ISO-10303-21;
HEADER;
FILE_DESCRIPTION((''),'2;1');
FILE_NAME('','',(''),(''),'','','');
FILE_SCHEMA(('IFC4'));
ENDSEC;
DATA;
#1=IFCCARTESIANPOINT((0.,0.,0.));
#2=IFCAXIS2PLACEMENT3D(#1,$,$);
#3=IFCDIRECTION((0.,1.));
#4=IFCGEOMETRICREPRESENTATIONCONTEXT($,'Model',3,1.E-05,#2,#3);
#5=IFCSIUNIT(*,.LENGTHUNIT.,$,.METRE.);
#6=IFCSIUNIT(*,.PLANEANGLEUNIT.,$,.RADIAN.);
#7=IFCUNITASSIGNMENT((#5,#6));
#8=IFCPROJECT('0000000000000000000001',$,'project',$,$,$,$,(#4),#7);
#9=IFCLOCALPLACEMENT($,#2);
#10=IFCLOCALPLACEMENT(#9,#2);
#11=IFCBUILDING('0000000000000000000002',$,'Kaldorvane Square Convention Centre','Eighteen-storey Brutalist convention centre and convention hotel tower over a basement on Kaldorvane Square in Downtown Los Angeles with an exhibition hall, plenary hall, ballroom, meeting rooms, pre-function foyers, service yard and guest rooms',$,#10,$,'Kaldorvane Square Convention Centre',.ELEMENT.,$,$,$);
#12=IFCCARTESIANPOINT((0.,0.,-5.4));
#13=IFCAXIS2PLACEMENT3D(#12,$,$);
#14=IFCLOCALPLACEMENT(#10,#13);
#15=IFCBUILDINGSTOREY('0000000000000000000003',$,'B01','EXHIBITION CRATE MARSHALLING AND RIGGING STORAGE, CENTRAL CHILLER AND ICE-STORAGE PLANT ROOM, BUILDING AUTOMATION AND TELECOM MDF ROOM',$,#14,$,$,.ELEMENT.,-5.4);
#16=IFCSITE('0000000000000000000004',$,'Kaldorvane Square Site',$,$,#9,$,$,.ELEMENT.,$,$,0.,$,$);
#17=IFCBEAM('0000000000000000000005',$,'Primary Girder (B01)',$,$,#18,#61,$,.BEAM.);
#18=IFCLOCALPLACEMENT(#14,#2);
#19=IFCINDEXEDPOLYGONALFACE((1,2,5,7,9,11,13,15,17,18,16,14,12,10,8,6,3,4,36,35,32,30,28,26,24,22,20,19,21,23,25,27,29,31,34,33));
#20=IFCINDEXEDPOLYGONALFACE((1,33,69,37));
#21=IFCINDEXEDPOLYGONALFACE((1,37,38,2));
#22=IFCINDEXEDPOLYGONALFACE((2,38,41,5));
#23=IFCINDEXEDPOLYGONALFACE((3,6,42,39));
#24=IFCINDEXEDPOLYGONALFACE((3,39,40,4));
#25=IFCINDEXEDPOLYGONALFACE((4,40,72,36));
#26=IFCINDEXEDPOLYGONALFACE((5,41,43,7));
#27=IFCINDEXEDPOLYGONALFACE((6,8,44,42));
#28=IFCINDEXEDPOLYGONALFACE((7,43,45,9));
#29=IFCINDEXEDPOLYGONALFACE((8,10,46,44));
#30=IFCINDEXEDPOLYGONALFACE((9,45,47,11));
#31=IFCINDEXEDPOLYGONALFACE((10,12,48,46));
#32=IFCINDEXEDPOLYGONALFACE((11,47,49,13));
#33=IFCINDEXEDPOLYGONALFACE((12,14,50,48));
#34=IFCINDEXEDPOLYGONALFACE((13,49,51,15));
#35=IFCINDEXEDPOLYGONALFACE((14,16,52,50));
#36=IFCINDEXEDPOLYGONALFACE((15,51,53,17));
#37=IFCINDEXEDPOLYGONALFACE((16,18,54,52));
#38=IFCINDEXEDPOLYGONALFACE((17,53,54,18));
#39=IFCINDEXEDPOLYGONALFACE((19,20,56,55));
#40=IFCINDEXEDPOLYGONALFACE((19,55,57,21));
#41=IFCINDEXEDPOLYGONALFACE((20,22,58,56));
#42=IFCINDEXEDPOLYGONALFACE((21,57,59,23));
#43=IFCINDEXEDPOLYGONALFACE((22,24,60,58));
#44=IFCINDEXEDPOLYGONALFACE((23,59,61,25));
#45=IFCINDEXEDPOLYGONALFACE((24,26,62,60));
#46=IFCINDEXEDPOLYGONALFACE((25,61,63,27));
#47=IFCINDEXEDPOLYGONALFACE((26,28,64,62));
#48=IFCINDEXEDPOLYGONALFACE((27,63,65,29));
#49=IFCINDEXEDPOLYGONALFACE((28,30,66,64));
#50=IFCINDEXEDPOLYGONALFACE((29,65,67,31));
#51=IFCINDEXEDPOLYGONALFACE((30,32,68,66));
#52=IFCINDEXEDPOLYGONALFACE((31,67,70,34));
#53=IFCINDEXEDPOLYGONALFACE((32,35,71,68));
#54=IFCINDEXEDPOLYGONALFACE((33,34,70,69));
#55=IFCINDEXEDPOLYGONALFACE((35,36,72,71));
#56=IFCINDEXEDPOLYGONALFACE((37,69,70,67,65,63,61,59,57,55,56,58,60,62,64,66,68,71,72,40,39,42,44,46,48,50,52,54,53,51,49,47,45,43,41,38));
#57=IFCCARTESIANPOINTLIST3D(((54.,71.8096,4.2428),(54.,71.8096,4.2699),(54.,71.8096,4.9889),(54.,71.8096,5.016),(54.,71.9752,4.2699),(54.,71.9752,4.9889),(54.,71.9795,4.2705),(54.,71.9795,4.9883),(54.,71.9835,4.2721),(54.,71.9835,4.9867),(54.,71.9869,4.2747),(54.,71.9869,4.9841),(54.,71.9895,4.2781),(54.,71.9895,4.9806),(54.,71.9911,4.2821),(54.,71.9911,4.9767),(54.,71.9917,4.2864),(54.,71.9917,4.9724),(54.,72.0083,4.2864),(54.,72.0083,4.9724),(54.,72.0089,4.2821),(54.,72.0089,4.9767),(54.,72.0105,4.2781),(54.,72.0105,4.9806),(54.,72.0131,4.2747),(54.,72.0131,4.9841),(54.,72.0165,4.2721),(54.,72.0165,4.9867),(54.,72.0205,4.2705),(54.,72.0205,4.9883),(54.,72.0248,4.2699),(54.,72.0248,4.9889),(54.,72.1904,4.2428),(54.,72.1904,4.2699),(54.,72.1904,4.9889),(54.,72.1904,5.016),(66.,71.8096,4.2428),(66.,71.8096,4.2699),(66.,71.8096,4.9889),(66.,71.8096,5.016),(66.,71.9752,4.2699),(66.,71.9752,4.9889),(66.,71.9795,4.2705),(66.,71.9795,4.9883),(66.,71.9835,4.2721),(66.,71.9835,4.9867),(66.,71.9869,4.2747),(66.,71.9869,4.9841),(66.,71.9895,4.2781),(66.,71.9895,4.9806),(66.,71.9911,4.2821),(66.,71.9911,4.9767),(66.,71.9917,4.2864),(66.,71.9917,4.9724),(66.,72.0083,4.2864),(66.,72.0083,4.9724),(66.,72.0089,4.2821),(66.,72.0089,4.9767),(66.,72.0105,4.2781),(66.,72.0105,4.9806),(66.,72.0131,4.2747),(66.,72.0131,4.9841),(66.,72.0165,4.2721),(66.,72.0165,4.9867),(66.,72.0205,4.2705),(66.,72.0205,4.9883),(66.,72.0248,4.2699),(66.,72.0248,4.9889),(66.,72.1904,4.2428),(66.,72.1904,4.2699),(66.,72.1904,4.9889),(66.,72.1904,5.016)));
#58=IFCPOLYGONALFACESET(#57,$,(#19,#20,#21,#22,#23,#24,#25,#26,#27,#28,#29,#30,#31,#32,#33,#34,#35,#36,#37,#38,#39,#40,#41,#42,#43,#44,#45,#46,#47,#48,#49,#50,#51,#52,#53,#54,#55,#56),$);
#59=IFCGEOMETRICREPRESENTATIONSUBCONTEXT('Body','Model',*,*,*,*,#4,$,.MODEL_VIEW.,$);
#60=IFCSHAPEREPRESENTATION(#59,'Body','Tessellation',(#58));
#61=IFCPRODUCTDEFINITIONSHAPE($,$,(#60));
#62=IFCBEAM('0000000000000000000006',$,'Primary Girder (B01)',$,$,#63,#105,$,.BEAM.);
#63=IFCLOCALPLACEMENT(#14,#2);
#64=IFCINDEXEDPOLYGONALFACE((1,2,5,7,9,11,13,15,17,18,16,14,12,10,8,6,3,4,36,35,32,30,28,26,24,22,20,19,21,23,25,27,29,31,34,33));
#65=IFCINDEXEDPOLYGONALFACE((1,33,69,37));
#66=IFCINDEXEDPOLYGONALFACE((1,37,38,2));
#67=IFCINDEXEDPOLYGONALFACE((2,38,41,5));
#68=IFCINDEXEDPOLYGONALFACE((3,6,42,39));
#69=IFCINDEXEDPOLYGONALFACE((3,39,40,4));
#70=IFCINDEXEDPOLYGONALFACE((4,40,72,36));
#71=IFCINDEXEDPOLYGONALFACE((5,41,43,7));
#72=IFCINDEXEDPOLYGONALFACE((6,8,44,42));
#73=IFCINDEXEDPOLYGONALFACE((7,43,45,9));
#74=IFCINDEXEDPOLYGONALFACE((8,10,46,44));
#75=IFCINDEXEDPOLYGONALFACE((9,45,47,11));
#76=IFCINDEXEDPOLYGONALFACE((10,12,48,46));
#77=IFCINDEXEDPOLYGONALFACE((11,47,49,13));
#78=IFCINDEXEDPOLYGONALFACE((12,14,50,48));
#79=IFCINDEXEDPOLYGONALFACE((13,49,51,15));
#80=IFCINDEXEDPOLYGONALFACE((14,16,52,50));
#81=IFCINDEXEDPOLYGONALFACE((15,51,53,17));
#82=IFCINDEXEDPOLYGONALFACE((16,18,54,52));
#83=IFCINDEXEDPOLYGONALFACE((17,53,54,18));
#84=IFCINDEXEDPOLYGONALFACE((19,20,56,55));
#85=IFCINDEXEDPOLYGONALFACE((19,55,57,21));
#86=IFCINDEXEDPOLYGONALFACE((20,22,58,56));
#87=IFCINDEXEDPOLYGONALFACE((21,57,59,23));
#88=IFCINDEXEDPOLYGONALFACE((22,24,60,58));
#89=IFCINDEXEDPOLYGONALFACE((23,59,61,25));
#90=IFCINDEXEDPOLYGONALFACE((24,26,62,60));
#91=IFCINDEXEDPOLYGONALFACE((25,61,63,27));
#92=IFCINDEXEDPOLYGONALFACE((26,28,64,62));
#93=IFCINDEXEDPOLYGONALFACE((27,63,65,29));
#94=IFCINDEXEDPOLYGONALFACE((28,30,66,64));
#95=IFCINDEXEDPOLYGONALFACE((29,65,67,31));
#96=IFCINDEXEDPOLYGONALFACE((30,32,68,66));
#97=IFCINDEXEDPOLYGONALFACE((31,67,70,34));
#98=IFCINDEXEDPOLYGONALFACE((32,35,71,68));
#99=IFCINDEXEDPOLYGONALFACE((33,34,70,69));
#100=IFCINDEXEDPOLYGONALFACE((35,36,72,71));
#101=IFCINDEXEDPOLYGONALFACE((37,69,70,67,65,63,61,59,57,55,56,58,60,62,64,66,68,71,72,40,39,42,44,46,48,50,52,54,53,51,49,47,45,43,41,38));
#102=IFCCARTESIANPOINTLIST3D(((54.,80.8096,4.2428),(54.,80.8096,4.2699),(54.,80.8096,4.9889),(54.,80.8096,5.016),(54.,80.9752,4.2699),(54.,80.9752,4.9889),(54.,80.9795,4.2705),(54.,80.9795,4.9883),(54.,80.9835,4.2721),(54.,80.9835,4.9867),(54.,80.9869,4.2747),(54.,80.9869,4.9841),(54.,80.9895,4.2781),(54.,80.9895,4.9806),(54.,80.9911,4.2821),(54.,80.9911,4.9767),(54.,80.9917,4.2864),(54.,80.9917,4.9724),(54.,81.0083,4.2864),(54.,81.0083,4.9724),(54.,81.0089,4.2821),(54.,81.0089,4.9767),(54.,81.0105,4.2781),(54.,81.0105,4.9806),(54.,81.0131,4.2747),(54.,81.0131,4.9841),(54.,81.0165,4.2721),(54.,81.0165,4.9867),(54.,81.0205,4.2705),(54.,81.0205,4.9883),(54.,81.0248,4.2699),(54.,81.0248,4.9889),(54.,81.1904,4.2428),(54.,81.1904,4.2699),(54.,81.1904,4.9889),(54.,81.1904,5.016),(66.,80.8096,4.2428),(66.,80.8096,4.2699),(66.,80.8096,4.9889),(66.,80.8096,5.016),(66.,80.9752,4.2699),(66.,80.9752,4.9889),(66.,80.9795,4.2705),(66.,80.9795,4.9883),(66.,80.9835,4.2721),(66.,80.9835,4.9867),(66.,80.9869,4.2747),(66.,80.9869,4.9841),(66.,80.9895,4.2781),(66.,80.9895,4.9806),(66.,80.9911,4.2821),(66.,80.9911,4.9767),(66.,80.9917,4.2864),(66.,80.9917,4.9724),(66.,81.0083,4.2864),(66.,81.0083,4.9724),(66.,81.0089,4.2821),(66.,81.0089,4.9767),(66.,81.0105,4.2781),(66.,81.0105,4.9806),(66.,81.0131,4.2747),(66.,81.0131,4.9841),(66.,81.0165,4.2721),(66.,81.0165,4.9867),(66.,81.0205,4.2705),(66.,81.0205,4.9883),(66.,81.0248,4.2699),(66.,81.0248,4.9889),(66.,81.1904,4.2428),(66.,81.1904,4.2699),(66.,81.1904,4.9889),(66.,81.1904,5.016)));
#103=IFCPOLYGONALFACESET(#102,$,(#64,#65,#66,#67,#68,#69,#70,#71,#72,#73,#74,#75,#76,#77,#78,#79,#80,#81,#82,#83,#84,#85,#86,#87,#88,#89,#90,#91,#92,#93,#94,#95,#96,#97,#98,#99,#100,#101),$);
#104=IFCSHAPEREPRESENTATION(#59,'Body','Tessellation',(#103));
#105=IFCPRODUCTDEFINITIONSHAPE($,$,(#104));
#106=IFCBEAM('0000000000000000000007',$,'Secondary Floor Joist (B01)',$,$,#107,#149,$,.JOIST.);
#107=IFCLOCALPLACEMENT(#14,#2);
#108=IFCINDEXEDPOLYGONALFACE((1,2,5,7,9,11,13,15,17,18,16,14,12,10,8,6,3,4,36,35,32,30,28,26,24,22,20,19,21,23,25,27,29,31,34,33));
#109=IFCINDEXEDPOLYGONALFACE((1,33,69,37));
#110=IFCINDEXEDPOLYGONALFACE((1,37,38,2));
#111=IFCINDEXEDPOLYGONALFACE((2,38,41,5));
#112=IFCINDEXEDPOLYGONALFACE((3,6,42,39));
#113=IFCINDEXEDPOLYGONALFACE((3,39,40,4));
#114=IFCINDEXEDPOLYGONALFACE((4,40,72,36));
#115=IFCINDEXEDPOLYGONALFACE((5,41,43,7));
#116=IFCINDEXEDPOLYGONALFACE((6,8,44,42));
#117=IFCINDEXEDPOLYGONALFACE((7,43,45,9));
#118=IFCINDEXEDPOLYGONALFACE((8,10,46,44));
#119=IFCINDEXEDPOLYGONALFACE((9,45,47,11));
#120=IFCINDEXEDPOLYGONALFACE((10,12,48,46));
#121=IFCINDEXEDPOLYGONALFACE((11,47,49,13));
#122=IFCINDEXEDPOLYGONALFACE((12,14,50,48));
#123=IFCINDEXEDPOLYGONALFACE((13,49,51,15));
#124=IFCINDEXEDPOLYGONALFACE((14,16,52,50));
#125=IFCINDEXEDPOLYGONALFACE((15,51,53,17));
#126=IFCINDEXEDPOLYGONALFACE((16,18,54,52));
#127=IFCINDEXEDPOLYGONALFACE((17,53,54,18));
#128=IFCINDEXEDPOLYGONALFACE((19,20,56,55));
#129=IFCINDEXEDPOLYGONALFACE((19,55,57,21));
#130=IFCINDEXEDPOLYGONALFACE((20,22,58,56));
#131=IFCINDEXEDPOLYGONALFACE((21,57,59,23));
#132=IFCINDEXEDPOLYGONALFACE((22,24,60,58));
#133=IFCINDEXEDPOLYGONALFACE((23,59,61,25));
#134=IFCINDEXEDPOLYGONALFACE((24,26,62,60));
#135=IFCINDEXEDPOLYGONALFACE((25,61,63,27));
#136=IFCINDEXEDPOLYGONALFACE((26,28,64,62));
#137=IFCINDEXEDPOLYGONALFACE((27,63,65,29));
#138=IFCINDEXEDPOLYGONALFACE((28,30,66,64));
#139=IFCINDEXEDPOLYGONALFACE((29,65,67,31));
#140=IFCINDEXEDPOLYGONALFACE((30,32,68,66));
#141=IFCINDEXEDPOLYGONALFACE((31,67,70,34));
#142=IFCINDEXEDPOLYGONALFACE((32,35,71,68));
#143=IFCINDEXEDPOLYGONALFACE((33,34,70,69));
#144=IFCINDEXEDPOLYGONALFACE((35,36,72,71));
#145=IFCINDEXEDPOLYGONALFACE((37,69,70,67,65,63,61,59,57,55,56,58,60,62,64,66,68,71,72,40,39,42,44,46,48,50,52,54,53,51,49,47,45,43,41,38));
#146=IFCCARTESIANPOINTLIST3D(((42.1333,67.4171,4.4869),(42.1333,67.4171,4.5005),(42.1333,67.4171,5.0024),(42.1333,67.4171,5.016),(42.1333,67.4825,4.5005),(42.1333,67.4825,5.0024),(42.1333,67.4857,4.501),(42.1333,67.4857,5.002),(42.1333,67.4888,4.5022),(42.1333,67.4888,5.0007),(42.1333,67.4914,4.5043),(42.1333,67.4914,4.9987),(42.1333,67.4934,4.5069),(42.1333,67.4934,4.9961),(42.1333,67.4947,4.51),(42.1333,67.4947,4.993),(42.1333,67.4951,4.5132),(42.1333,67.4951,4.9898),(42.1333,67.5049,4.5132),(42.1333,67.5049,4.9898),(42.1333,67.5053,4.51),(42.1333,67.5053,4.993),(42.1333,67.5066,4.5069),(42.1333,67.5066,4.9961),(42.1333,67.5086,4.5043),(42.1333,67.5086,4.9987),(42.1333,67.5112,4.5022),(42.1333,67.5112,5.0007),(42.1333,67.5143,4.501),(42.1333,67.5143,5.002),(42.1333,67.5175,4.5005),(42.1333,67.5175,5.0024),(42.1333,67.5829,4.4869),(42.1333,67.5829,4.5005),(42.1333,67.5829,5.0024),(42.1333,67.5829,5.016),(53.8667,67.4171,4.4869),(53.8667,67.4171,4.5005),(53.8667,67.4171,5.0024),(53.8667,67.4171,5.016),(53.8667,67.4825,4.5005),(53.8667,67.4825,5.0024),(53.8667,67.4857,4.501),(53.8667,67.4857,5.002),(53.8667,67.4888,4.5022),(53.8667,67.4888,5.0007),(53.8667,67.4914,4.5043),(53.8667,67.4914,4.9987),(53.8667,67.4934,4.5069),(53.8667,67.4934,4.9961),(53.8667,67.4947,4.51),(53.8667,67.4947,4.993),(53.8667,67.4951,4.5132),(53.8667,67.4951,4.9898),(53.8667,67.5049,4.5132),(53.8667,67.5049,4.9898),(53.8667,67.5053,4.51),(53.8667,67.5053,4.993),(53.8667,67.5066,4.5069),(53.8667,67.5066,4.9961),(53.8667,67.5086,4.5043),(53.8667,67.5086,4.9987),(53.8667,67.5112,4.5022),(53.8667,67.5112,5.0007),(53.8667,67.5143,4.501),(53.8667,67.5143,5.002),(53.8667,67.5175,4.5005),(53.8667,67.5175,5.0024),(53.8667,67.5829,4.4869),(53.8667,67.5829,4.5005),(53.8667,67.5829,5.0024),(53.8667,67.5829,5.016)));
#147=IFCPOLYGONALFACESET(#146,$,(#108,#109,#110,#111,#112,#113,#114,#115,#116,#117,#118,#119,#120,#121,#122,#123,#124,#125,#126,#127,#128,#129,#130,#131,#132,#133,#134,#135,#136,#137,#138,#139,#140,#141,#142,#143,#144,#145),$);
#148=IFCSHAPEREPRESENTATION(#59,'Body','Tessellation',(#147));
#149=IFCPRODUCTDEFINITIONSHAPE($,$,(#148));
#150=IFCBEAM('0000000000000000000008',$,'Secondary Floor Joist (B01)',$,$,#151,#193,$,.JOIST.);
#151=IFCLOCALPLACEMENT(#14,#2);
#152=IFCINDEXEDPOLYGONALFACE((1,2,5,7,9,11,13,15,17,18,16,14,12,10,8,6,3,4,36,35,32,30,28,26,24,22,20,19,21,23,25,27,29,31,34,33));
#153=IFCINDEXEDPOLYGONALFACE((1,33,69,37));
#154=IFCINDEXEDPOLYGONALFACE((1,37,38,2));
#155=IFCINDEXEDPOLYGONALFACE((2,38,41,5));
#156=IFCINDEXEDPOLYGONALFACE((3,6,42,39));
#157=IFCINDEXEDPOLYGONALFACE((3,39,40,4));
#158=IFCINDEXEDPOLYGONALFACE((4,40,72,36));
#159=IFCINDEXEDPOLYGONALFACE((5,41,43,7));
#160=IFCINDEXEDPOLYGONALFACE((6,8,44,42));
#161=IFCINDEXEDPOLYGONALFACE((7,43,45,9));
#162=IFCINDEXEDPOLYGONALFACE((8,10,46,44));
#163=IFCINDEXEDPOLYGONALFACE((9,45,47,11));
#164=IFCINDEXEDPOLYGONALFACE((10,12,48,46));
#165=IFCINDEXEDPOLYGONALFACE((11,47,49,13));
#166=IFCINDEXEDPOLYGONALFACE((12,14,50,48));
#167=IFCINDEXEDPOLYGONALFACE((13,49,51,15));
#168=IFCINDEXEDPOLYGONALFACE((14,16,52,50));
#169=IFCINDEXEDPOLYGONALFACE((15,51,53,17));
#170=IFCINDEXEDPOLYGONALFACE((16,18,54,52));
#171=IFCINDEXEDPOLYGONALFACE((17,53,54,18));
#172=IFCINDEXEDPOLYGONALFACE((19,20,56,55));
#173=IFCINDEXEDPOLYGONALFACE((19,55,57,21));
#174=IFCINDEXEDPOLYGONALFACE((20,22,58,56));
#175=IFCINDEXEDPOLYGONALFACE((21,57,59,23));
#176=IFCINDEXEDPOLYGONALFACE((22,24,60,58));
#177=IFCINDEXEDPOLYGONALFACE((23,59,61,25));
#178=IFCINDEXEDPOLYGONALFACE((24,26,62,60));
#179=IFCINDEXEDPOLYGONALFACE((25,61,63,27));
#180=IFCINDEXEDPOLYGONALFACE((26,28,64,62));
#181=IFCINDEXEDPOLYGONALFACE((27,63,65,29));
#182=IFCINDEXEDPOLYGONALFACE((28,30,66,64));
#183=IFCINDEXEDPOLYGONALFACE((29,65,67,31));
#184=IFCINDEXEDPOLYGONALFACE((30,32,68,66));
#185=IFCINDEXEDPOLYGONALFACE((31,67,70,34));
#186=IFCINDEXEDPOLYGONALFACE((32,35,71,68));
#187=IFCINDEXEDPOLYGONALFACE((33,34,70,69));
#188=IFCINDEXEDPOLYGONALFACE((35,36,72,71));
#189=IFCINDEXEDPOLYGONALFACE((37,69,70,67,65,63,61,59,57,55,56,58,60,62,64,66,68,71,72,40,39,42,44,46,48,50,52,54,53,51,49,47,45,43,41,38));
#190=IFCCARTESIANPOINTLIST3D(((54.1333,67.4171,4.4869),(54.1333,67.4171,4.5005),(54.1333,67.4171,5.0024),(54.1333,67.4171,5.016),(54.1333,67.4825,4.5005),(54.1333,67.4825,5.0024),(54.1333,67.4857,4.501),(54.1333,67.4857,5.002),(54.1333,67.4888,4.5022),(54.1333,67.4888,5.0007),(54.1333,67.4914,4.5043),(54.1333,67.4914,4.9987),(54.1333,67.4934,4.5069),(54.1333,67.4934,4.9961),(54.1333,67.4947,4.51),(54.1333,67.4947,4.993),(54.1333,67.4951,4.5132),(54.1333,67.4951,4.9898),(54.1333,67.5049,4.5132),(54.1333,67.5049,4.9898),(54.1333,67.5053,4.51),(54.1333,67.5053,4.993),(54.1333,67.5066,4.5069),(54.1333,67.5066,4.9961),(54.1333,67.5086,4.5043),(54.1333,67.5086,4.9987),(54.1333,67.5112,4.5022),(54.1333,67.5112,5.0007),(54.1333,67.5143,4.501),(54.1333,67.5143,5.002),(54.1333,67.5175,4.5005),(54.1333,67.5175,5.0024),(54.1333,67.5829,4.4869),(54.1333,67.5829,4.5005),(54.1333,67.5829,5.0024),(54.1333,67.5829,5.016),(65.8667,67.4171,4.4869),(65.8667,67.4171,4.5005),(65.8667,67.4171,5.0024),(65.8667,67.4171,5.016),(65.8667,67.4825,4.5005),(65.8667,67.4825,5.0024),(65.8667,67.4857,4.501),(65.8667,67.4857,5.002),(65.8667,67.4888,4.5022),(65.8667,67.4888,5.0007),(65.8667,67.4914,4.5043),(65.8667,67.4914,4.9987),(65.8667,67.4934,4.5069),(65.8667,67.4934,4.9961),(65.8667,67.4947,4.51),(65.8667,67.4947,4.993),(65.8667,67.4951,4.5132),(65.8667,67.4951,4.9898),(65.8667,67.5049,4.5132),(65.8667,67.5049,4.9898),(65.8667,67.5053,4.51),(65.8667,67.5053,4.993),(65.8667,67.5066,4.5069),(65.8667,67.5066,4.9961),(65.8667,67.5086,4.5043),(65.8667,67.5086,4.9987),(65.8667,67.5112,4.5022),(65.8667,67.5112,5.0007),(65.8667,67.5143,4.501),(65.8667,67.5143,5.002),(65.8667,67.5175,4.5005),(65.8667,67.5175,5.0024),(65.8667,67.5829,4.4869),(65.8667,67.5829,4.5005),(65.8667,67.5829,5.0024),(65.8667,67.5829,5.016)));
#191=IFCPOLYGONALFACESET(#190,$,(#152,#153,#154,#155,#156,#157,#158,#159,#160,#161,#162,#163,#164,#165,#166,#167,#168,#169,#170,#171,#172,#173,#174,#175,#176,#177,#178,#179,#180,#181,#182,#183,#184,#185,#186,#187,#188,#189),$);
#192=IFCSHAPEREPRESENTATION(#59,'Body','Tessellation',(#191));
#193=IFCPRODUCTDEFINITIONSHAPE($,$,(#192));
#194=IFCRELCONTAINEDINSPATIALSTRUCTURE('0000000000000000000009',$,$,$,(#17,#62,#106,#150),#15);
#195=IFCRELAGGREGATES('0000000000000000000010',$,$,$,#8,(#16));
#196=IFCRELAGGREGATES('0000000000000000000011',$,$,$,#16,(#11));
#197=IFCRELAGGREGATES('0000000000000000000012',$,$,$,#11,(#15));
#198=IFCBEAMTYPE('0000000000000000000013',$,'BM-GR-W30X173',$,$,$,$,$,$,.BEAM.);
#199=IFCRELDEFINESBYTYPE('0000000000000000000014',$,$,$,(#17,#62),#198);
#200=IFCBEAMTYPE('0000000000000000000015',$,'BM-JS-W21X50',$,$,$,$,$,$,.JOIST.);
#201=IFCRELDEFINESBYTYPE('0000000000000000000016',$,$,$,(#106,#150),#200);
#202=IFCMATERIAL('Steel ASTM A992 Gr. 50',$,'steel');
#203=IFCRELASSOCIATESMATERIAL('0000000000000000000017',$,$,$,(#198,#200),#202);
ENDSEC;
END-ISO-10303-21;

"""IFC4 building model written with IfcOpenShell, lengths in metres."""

from ifc_helpers import new_model, si_unit, direction, frame, origin, origin_2d, place, context, subcontext, project, spatial, i_section, extrude, material, material_profile, profile_set, type_object, element, save


model = new_model("IFC4")

# Units and contexts
model_context = context("Model", 3, precision=1e-05, world=origin(), true_north=direction((0.0, 1.0)))
body_context = subcontext(model_context, "Body", "Model", "MODEL_VIEW")
ifc_project = project(units=[si_unit("LENGTHUNIT", "METRE"), si_unit("PLANEANGLEUNIT", "RADIAN")], contexts=[model_context])

# Site, building, storey
site_placement = place(None, origin())
site = spatial("IfcSite", under=ifc_project, at=site_placement, Name="Kaldorvane Square Site", CompositionType="ELEMENT", RefElevation=0.0)
building_placement = place(site_placement, origin())
building = spatial("IfcBuilding", under=site, at=building_placement, Name="Kaldorvane Square Convention Centre", Description="Eighteen-storey Brutalist convention centre and convention hotel tower over a basement on Kaldorvane Square in Downtown Los Angeles with an exhibition hall, plenary hall, ballroom, meeting rooms, pre-function foyers, service yard and guest rooms", LongName="Kaldorvane Square Convention Centre", CompositionType="ELEMENT")
storey_placement = place(building_placement, frame((0.0, 0.0, -5.4)))
storey = spatial("IfcBuildingStorey", under=building, at=storey_placement, Name="B01", Description="EXHIBITION CRATE MARSHALLING AND RIGGING STORAGE, CENTRAL CHILLER AND ICE-STORAGE PLANT ROOM, BUILDING AUTOMATION AND TELECOM MDF ROOM", CompositionType="ELEMENT", Elevation=-5.4)

# Shared definitions
ifc_material_1 = material(Name="Steel ASTM A992 Gr. 50", Category="steel")

# Beams
ifc_material_profile_1 = material_profile(ifc_material_1, i_section(OverallWidth=0.3807, OverallDepth=0.7732, WebThickness=0.0166, FlangeThickness=0.0271, FilletRadius=0.0165, at=origin_2d()), Name="W30X173")
ifc_profile_set_1 = profile_set([ifc_material_profile_1], Name="Steel ASTM A992 Gr. 50")
beam_type_1 = type_object("IfcBeamType", Name="BM-GR-W30X173", PredefinedType="BEAM", material=ifc_profile_set_1)
for number, where, z_axis, x_axis, name in (
    (1, (54.0, 72.0, 4.6294), (1.0, 0.0, 0.0), (0.0, 1.0, 0.0), "Primary Girder (B01)"),
    (2, (54.0, 81.0, 4.6294), (1.0, 0.0, 0.0), (0.0, 1.0, 0.0), "Primary Girder (B01)"),
):
    element("IfcBeam", number, at=place(storey_placement, frame(where, z_axis=z_axis, x_axis=x_axis)), inside=storey, type_object=beam_type_1, Name=name, PredefinedType="BEAM", context=body_context, shape_type="SweptSolid", body=[
        extrude(i_section(OverallWidth=0.3807, OverallDepth=0.7732, WebThickness=0.0166, FlangeThickness=0.0271, FilletRadius=0.0165, at=origin_2d()), origin(), (0.0, 0.0, 1.0), 12.0),
    ])
ifc_material_profile_2 = material_profile(ifc_material_1, i_section(OverallWidth=0.1659, OverallDepth=0.5291, WebThickness=0.0097, FlangeThickness=0.0136, FilletRadius=0.0127, at=origin_2d()), Name="W21X50")
ifc_profile_set_2 = profile_set([ifc_material_profile_2], Name="Steel ASTM A992 Gr. 50")
beam_type_2 = type_object("IfcBeamType", Name="BM-JS-W21X50", PredefinedType="JOIST", material=ifc_profile_set_2)
for number, where, z_axis, x_axis, name in (
    (3, (42.1333, 67.5, 4.7515), (1.0, 0.0, 0.0), (0.0, 1.0, 0.0), "Secondary Floor Joist (B01)"),
    (4, (54.1333, 67.5, 4.7515), (1.0, 0.0, 0.0), (0.0, 1.0, 0.0), "Secondary Floor Joist (B01)"),
):
    element("IfcBeam", number, at=place(storey_placement, frame(where, z_axis=z_axis, x_axis=x_axis)), inside=storey, type_object=beam_type_2, Name=name, PredefinedType="JOIST", context=body_context, shape_type="SweptSolid", body=[
        extrude(i_section(OverallWidth=0.1659, OverallDepth=0.5291, WebThickness=0.0097, FlangeThickness=0.0136, FilletRadius=0.0127, at=origin_2d()), origin(), (0.0, 0.0, 1.0), 11.7334),
    ])

save(model, "model.ifc")
